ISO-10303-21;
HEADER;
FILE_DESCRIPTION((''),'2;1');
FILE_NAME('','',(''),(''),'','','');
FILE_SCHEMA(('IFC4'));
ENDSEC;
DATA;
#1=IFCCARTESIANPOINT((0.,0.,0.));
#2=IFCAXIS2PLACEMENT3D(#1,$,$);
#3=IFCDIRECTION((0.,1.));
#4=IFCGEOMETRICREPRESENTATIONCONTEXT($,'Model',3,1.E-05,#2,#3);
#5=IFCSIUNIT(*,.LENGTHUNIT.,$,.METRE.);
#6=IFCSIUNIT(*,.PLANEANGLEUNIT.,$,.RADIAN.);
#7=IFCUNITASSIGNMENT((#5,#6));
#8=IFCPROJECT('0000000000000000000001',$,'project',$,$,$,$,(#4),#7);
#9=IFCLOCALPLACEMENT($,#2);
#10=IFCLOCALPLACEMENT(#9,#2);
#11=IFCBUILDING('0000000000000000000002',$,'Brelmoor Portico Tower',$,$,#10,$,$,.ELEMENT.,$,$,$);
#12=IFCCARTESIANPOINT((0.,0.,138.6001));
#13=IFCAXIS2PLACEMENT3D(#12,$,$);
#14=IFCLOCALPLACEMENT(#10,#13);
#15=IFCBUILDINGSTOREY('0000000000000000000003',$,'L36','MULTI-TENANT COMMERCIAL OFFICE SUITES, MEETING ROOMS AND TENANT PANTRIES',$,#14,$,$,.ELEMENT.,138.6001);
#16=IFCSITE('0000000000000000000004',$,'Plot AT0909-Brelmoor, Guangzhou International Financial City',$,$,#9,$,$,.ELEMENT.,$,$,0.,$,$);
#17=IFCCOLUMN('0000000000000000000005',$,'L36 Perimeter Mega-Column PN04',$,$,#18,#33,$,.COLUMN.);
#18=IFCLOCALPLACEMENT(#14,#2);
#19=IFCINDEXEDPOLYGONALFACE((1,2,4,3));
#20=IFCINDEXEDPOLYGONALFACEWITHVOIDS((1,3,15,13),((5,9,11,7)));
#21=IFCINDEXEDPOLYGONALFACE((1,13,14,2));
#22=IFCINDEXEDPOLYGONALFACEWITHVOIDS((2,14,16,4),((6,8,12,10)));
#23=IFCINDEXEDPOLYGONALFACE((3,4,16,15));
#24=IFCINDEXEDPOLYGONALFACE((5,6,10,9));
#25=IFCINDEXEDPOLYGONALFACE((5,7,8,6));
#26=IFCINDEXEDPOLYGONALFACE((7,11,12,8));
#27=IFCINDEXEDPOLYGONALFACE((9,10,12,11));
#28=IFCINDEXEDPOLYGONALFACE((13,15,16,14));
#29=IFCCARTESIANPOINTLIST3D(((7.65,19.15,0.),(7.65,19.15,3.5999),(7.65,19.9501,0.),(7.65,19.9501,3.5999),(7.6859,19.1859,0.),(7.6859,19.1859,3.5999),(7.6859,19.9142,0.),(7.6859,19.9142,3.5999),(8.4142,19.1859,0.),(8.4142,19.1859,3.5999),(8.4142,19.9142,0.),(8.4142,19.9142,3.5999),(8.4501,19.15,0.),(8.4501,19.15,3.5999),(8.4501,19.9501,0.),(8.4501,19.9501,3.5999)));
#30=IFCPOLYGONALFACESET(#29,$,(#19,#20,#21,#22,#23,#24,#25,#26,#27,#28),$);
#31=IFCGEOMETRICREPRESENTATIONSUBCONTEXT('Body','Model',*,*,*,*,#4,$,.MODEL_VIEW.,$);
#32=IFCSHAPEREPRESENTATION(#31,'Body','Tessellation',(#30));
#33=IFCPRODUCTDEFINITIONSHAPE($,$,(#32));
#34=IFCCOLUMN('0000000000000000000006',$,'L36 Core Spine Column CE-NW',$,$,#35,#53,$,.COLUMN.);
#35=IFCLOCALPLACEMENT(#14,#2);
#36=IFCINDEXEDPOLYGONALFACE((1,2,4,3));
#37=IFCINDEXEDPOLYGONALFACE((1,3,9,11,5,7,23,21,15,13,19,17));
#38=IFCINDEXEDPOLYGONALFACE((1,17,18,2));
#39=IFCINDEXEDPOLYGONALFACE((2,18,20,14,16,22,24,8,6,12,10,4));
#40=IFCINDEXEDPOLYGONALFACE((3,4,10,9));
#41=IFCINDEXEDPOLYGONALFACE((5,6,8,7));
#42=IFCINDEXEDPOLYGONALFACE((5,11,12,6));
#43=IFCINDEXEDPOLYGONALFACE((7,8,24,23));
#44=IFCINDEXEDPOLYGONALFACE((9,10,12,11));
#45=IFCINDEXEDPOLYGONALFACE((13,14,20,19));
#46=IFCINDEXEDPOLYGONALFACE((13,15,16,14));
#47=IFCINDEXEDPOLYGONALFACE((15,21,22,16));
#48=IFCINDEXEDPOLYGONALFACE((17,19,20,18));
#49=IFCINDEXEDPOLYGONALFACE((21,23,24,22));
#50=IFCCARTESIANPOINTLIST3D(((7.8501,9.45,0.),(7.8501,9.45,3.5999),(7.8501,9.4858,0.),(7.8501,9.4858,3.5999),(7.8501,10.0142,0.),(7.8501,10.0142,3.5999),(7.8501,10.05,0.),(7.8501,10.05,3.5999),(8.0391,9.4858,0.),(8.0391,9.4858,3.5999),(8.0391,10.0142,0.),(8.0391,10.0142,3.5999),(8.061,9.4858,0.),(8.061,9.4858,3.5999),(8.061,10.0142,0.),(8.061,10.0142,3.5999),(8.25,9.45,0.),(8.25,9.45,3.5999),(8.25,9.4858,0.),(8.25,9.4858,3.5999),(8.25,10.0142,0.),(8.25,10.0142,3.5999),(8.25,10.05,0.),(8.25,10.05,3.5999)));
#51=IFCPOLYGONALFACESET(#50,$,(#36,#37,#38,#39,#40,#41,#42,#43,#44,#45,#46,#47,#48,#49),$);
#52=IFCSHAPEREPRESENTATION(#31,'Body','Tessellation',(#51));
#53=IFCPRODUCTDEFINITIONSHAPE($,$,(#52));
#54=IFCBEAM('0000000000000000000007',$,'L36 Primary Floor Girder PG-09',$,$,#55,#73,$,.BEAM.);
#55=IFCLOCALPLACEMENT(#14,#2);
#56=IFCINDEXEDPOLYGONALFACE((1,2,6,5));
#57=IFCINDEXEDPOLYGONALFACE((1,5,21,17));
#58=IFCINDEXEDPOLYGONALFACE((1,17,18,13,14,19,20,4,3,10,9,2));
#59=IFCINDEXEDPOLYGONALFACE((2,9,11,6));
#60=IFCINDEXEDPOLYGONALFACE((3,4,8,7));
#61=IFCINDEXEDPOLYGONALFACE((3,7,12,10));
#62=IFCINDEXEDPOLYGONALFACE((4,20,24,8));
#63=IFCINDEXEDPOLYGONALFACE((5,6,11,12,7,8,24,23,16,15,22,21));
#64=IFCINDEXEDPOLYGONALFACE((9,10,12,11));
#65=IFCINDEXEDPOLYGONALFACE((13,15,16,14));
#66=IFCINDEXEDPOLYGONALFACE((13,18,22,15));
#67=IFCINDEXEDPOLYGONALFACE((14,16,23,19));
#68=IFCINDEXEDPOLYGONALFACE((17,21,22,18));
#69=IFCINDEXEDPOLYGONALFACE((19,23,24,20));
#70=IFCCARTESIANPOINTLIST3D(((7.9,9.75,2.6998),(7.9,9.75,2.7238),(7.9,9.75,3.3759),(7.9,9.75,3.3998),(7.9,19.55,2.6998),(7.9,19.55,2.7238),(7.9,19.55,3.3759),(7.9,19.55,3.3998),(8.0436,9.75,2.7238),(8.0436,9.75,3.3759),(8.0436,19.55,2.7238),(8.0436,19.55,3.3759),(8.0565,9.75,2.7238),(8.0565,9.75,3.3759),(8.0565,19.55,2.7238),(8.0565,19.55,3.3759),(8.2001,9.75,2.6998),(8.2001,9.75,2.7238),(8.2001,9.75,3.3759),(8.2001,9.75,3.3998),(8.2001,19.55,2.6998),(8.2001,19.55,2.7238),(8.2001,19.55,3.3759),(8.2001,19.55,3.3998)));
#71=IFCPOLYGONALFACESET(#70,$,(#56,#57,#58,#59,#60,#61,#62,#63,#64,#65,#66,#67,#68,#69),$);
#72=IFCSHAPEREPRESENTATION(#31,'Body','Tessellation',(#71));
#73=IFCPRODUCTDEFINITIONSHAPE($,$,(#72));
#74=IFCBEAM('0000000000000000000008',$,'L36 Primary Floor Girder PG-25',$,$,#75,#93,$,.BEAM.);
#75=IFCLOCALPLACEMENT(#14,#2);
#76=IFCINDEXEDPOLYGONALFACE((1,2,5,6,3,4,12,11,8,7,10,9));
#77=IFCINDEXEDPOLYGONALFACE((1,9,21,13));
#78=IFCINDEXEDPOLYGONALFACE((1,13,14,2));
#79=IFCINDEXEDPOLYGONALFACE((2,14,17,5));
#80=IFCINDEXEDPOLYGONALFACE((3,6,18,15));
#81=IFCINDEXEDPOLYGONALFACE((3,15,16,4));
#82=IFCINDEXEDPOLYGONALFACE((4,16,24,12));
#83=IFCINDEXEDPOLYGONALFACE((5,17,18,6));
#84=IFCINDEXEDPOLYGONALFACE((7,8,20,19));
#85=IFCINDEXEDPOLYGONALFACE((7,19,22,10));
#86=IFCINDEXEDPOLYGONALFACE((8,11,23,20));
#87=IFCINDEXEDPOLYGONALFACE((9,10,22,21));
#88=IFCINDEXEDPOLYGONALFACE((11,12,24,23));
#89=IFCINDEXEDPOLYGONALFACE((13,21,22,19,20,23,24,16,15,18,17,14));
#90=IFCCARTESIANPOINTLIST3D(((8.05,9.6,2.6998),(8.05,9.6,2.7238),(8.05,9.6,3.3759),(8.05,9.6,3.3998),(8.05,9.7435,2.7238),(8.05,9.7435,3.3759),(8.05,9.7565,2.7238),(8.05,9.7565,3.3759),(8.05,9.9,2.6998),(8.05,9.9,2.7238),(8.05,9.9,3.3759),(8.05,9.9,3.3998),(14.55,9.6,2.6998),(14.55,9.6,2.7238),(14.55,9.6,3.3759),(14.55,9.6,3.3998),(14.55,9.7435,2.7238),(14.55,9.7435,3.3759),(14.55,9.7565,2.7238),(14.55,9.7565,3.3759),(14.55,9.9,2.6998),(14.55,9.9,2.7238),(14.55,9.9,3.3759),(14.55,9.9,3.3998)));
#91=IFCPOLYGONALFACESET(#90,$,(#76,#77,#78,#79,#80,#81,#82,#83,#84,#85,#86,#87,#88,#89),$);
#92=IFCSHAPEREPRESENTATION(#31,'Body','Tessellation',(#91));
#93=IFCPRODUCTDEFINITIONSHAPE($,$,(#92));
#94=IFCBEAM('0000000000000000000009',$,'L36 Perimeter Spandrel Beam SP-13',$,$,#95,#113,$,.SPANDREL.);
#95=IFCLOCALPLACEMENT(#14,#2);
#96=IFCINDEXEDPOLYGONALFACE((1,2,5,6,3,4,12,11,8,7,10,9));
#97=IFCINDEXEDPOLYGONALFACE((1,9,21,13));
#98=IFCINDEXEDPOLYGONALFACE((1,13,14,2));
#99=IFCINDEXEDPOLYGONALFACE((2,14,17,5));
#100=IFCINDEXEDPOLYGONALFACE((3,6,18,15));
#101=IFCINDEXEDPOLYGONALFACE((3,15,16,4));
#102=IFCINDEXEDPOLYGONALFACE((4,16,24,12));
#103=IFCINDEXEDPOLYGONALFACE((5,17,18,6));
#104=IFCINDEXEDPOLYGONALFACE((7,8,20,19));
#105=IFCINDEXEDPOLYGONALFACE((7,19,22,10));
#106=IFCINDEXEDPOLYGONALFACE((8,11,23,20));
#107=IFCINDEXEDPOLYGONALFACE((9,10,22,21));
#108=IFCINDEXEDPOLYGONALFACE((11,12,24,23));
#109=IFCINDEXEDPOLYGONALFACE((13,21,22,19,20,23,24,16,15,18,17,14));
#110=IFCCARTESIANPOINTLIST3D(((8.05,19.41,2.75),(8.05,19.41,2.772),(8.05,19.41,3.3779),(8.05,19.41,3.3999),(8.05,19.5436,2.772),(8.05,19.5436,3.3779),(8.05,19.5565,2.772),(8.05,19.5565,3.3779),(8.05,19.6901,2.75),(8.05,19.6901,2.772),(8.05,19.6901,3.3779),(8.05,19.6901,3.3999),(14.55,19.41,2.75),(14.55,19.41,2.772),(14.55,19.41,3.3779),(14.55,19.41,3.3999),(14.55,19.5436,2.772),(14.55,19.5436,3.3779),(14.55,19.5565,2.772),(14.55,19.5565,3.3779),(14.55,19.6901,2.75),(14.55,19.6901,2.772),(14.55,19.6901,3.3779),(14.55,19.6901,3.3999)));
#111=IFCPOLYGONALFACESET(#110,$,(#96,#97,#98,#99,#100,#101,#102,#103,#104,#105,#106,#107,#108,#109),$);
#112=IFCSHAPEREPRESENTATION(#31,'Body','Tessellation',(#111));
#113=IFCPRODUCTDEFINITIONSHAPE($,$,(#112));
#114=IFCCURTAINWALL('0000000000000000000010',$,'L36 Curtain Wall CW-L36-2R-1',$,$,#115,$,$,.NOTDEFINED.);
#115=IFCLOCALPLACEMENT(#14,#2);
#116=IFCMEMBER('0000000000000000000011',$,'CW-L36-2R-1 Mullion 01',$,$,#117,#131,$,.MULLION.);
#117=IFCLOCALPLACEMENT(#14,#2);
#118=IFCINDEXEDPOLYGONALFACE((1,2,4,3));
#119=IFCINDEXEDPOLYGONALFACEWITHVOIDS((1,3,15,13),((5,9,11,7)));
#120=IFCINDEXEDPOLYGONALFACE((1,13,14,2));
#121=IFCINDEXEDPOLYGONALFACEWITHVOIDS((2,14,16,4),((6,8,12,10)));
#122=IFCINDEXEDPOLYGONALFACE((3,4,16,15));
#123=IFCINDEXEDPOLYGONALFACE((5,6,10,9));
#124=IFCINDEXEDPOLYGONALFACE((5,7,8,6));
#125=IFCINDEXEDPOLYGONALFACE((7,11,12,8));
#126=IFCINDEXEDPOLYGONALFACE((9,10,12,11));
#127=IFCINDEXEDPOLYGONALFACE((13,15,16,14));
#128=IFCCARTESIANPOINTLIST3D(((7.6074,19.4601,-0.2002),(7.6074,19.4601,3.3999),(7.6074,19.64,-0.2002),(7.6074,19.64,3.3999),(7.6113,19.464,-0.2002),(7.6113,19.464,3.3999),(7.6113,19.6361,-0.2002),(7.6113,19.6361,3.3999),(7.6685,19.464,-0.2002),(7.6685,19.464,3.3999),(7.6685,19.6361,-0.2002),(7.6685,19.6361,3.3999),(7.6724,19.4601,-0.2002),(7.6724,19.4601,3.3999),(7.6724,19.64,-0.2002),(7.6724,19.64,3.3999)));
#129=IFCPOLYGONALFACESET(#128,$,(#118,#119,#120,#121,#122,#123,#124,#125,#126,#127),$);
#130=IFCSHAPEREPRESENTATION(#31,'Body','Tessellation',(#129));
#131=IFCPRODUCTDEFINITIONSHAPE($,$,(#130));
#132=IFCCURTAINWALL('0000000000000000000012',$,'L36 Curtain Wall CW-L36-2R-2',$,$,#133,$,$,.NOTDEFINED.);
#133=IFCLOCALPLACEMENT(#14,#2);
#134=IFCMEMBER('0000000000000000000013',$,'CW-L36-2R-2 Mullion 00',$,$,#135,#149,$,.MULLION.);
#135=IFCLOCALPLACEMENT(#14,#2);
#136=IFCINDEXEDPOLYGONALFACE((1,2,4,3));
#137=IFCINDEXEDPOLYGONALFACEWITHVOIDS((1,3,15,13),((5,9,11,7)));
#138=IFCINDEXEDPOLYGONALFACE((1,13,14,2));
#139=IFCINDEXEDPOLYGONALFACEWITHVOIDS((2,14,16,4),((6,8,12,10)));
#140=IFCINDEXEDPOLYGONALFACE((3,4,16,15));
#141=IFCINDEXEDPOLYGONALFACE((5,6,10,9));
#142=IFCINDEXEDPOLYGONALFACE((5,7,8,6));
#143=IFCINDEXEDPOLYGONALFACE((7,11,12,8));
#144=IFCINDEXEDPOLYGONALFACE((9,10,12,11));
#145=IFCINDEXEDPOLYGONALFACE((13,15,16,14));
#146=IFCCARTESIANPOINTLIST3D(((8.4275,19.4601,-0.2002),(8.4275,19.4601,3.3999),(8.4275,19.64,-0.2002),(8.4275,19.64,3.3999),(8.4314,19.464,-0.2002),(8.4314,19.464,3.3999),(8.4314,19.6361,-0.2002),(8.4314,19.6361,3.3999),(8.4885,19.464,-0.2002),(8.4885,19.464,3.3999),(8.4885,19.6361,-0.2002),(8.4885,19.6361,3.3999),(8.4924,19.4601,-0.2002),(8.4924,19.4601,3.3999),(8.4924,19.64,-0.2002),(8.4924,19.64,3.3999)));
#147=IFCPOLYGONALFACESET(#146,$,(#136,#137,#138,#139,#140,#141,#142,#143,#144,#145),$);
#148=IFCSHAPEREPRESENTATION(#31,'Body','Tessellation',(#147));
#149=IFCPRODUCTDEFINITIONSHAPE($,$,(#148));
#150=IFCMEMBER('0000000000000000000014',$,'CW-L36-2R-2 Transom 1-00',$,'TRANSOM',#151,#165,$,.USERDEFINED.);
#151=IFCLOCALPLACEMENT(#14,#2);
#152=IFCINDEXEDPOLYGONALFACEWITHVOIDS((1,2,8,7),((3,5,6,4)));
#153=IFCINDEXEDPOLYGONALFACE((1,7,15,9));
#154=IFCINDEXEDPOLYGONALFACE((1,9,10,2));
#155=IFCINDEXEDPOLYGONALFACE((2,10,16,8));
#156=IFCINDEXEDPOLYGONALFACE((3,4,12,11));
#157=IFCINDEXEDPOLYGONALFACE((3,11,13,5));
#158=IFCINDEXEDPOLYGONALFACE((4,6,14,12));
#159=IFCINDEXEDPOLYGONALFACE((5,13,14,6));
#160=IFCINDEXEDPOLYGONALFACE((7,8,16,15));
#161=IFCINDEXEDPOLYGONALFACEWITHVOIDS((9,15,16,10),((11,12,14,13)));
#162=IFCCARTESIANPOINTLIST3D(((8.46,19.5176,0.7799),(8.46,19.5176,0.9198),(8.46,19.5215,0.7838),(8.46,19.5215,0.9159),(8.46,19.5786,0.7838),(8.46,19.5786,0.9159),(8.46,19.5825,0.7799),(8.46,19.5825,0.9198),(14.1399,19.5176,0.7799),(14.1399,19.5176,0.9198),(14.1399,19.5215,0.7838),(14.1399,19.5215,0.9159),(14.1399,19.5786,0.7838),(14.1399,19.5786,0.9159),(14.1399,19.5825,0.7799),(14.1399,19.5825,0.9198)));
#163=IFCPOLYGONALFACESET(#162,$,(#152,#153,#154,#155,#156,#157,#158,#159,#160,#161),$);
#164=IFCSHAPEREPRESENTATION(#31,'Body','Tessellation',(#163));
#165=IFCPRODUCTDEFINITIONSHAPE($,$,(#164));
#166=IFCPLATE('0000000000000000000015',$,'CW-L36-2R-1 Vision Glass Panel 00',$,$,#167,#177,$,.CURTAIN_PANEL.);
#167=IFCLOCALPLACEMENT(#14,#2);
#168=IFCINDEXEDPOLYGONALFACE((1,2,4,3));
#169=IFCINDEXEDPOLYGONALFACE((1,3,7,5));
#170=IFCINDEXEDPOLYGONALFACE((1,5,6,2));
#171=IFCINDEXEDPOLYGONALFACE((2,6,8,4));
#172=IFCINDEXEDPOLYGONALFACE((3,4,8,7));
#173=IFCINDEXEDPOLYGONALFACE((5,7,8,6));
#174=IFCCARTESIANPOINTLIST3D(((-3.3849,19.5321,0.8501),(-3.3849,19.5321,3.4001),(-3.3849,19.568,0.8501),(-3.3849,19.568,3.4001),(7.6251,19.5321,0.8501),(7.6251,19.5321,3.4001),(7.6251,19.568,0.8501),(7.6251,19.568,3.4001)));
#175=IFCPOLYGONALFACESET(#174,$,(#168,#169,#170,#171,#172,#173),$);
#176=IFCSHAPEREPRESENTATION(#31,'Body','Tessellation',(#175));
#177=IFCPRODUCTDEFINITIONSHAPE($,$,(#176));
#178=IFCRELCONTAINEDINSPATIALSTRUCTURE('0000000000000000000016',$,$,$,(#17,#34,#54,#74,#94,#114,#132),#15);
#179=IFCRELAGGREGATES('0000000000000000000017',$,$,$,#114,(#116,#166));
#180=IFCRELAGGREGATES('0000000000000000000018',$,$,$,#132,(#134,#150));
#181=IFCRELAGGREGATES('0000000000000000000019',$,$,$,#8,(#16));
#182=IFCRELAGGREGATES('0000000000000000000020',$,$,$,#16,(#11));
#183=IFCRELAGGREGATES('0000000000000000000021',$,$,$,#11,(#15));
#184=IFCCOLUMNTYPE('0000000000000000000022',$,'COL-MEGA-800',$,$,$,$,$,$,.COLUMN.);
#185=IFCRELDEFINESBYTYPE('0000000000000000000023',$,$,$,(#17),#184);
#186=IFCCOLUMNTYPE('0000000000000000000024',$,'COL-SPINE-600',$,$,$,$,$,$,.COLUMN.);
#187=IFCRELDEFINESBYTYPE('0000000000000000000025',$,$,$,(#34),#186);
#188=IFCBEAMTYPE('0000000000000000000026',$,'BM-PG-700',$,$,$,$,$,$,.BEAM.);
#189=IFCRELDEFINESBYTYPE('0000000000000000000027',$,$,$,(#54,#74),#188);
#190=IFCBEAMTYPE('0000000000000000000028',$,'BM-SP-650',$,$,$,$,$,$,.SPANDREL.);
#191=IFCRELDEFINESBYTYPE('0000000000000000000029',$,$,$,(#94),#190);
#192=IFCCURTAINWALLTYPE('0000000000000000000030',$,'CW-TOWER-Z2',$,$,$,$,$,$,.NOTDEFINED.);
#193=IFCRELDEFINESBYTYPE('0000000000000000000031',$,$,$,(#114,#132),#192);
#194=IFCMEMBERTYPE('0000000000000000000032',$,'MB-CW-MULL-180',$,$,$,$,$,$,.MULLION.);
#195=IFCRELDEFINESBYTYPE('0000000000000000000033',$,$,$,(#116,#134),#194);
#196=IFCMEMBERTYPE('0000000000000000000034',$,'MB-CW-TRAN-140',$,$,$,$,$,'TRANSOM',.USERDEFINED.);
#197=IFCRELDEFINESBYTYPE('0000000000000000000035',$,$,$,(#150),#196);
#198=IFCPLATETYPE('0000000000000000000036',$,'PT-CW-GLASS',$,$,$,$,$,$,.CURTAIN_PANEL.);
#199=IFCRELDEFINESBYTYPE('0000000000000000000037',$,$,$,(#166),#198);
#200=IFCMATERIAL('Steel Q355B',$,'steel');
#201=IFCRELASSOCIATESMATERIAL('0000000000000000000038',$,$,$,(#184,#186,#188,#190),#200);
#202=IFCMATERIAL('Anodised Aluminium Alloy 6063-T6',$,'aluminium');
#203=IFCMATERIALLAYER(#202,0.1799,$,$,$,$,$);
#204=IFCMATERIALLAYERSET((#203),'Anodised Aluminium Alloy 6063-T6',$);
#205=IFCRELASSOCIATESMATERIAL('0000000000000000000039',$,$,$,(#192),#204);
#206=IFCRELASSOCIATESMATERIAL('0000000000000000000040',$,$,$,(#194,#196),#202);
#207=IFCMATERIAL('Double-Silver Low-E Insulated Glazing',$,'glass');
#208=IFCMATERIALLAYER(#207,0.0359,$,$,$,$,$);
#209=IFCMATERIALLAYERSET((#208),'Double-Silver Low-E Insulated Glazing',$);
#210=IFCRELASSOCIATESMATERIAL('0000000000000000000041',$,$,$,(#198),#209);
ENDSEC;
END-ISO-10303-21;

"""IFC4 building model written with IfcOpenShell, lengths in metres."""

from ifc_helpers import new_model, si_unit, direction, frame, origin, origin_2d, place, context, subcontext, project, spatial, rectangle, hollow_rectangle, i_section, extrude, material, layer, layer_set, material_profile, profile_set, type_object, element, aggregate, save


model = new_model("IFC4")

# Units and contexts
model_context = context("Model", 3, precision=1e-05, world=origin(), true_north=direction((0.0, 1.0)))
body_context = subcontext(model_context, "Body", "Model", "MODEL_VIEW")
ifc_project = project(units=[si_unit("LENGTHUNIT", "METRE"), si_unit("PLANEANGLEUNIT", "RADIAN")], contexts=[model_context])

# Site, building, storey
site_placement = place(None, origin())
site = spatial("IfcSite", under=ifc_project, at=site_placement, Name="Plot AT0909-Brelmoor, Guangzhou International Financial City", CompositionType="ELEMENT", RefElevation=0.0)
building_placement = place(site_placement, origin())
building = spatial("IfcBuilding", under=site, at=building_placement, Name="Brelmoor Portico Tower", CompositionType="ELEMENT")
storey_placement = place(building_placement, frame((0.0, 0.0, 138.6001)))
storey = spatial("IfcBuildingStorey", under=building, at=storey_placement, Name="L36", Description="MULTI-TENANT COMMERCIAL OFFICE SUITES, MEETING ROOMS AND TENANT PANTRIES", CompositionType="ELEMENT", Elevation=138.6001)

# Columns
ifc_material_1 = material(Name="Steel Q355B", Category="steel")
ifc_material_profile_1 = material_profile(ifc_material_1, hollow_rectangle(XDim=0.8, YDim=0.8, WallThickness=0.0359, at=origin_2d()), Name="BOX 800x800x36")
ifc_profile_set_1 = profile_set([ifc_material_profile_1], Name="Steel Q355B")
column_type_1 = type_object("IfcColumnType", Name="COL-MEGA-800", PredefinedType="COLUMN", material=ifc_profile_set_1)
column_1_placement = place(storey_placement, frame((8.05, 19.55, 0.0), z_axis=(0.0, 0.0, 1.0), x_axis=(1.0, 0.0, 0.0)))
element("IfcColumn", 1, at=column_1_placement, inside=storey, type_object=column_type_1, Name="L36 Perimeter Mega-Column PN04", PredefinedType="COLUMN", context=body_context, shape_type="SweptSolid", body=[
    extrude(hollow_rectangle(XDim=0.8, YDim=0.8, WallThickness=0.0359, at=origin_2d()), origin(), (0.0, 0.0, 1.0), 3.5999),
])
ifc_material_profile_2 = material_profile(ifc_material_1, i_section(OverallWidth=0.3999, OverallDepth=0.6001, WebThickness=0.022, FlangeThickness=0.0359, at=origin_2d()), Name="HW 600x400x22x36")
ifc_profile_set_2 = profile_set([ifc_material_profile_2], Name="Steel Q355B")
column_type_2 = type_object("IfcColumnType", Name="COL-SPINE-600", PredefinedType="COLUMN", material=ifc_profile_set_2)
column_2_placement = place(storey_placement, frame((8.05, 9.75, 0.0), z_axis=(0.0, 0.0, 1.0), x_axis=(1.0, 0.0, 0.0)))
element("IfcColumn", 2, at=column_2_placement, inside=storey, type_object=column_type_2, Name="L36 Core Spine Column CE-NW", PredefinedType="COLUMN", context=body_context, shape_type="SweptSolid", body=[
    extrude(i_section(OverallWidth=0.3999, OverallDepth=0.6001, WebThickness=0.022, FlangeThickness=0.0359, at=origin_2d()), origin(), (0.0, 0.0, 1.0), 3.5999),
])

# Beams
ifc_material_profile_3 = material_profile(ifc_material_1, i_section(OverallWidth=0.3, OverallDepth=0.7, WebThickness=0.0129, FlangeThickness=0.0239, at=origin_2d()), Name="HN 700x300x13x24")
ifc_profile_set_3 = profile_set([ifc_material_profile_3], Name="Steel Q355B")
beam_type_1 = type_object("IfcBeamType", Name="BM-PG-700", PredefinedType="BEAM", material=ifc_profile_set_3)
beam_1_placement = place(storey_placement, frame((8.05, 9.75, 3.0498), z_axis=(0.0, 1.0, 0.0), x_axis=(-1.0, 0.0, 0.0)))
element("IfcBeam", 3, at=beam_1_placement, inside=storey, type_object=beam_type_1, Name="L36 Primary Floor Girder PG-09", PredefinedType="BEAM", context=body_context, shape_type="SweptSolid", body=[
    extrude(i_section(OverallWidth=0.3, OverallDepth=0.7, WebThickness=0.0129, FlangeThickness=0.0239, at=origin_2d()), origin(), (0.0, 0.0, 1.0), 9.8),
])
beam_2_placement = place(storey_placement, frame((8.05, 9.75, 3.0498), z_axis=(1.0, 0.0, 0.0), x_axis=(0.0, 1.0, 0.0)))
element("IfcBeam", 4, at=beam_2_placement, inside=storey, type_object=beam_type_1, Name="L36 Primary Floor Girder PG-25", PredefinedType="BEAM", context=body_context, shape_type="SweptSolid", body=[
    extrude(i_section(OverallWidth=0.3, OverallDepth=0.7, WebThickness=0.0129, FlangeThickness=0.0239, at=origin_2d()), origin(), (0.0, 0.0, 1.0), 6.5),
])
ifc_material_profile_4 = material_profile(ifc_material_1, i_section(OverallWidth=0.28, OverallDepth=0.6499, WebThickness=0.0129, FlangeThickness=0.022, at=origin_2d()), Name="HN 650x280x13x22")
ifc_profile_set_4 = profile_set([ifc_material_profile_4], Name="Steel Q355B")
beam_type_2 = type_object("IfcBeamType", Name="BM-SP-650", PredefinedType="SPANDREL", material=ifc_profile_set_4)
beam_3_placement = place(storey_placement, frame((8.05, 19.55, 3.075), z_axis=(1.0, 0.0, 0.0), x_axis=(0.0, 1.0, 0.0)))
element("IfcBeam", 5, at=beam_3_placement, inside=storey, type_object=beam_type_2, Name="L36 Perimeter Spandrel Beam SP-13", PredefinedType="SPANDREL", context=body_context, shape_type="SweptSolid", body=[
    extrude(i_section(OverallWidth=0.28, OverallDepth=0.6499, WebThickness=0.0129, FlangeThickness=0.022, at=origin_2d()), origin(), (0.0, 0.0, 1.0), 6.5),
])

# Curtain wall, member
ifc_material_2 = material(Name="Anodised Aluminium Alloy 6063-T6", Category="aluminium")
ifc_layer_1 = layer(ifc_material_2, 0.1799)
ifc_layer_set_1 = layer_set([ifc_layer_1], Name="Anodised Aluminium Alloy 6063-T6")
curtain_wall_type = type_object("IfcCurtainWallType", Name="CW-TOWER-Z2", PredefinedType="NOTDEFINED", material=ifc_layer_set_1)
curtain_wall_1_placement = place(storey_placement, origin())
curtain_wall_1 = element("IfcCurtainWall", 6, at=curtain_wall_1_placement, inside=storey, type_object=curtain_wall_type, Name="L36 Curtain Wall CW-L36-2R-1", PredefinedType="NOTDEFINED")
ifc_material_profile_5 = material_profile(ifc_material_2, hollow_rectangle(XDim=0.0649, YDim=0.1799, WallThickness=0.0039, at=origin_2d()), Name="ALU MULLION 65x180")
ifc_profile_set_5 = profile_set([ifc_material_profile_5], Name="Anodised Aluminium Alloy 6063-T6")
member_type_1 = type_object("IfcMemberType", Name="MB-CW-MULL-180", PredefinedType="MULLION", material=ifc_profile_set_5)
member_1_placement = place(storey_placement, frame((7.6399, 19.55, -0.2002), z_axis=(0.0, 0.0, 1.0), x_axis=(1.0, 0.0, 0.0)))
member_1 = element("IfcMember", 7, at=member_1_placement, type_object=member_type_1, Name="CW-L36-2R-1 Mullion 01", PredefinedType="MULLION", context=body_context, shape_type="SweptSolid", body=[
    extrude(hollow_rectangle(XDim=0.0649, YDim=0.1799, WallThickness=0.0039, at=origin_2d()), origin(), (0.0, 0.0, 1.0), 3.6001),
])

# Curtain wall, members
curtain_wall_2_placement = place(storey_placement, origin())
curtain_wall_2 = element("IfcCurtainWall", 8, at=curtain_wall_2_placement, inside=storey, type_object=curtain_wall_type, Name="L36 Curtain Wall CW-L36-2R-2", PredefinedType="NOTDEFINED")
member_2_placement = place(storey_placement, frame((8.46, 19.55, -0.2002), z_axis=(0.0, 0.0, 1.0), x_axis=(1.0, 0.0, 0.0)))
member_2 = element("IfcMember", 9, at=member_2_placement, type_object=member_type_1, Name="CW-L36-2R-2 Mullion 00", PredefinedType="MULLION", context=body_context, shape_type="SweptSolid", body=[
    extrude(hollow_rectangle(XDim=0.0649, YDim=0.1799, WallThickness=0.0039, at=origin_2d()), origin(), (0.0, 0.0, 1.0), 3.6001),
])
ifc_material_profile_6 = material_profile(ifc_material_2, hollow_rectangle(XDim=0.0649, YDim=0.1399, WallThickness=0.0039, at=origin_2d()), Name="ALU TRANSOM 65x140")
ifc_profile_set_6 = profile_set([ifc_material_profile_6], Name="Anodised Aluminium Alloy 6063-T6")
member_type_2 = type_object("IfcMemberType", Name="MB-CW-TRAN-140", ElementType="TRANSOM", PredefinedType="USERDEFINED", material=ifc_profile_set_6)
member_3_placement = place(storey_placement, frame((8.46, 19.55, 0.8499), z_axis=(1.0, 0.0, 0.0), x_axis=(0.0, 1.0, 0.0)))
member_3 = element("IfcMember", 10, at=member_3_placement, type_object=member_type_2, Name="CW-L36-2R-2 Transom 1-00", ObjectType="TRANSOM", PredefinedType="USERDEFINED", context=body_context, shape_type="SweptSolid", body=[
    extrude(hollow_rectangle(XDim=0.0649, YDim=0.1399, WallThickness=0.0039, at=origin_2d()), origin(), (0.0, 0.0, 1.0), 5.6799),
])

# Plate
ifc_material_3 = material(Name="Double-Silver Low-E Insulated Glazing", Category="glass")
ifc_layer_2 = layer(ifc_material_3, 0.0359)
ifc_layer_set_2 = layer_set([ifc_layer_2], Name="Double-Silver Low-E Insulated Glazing")
plate_type_1 = type_object("IfcPlateType", Name="PT-CW-GLASS", PredefinedType="CURTAIN_PANEL", material=ifc_layer_set_2)
plate_1_placement = place(storey_placement, frame((2.1201, 19.55, 0.8501), z_axis=(0.0, 0.0, 1.0), x_axis=(1.0, 0.0, 0.0)))
plate_1 = element("IfcPlate", 11, at=plate_1_placement, type_object=plate_type_1, Name="CW-L36-2R-1 Vision Glass Panel 00", PredefinedType="CURTAIN_PANEL", context=body_context, shape_type="SweptSolid", body=[
    extrude(rectangle(XDim=11.01, YDim=0.0359, at=origin_2d()), origin(), (0.0, 0.0, 1.0), 2.55),
])
aggregate(curtain_wall_1, [member_1, plate_1])
aggregate(curtain_wall_2, [member_2, member_3])

save(model, "model.ifc")
